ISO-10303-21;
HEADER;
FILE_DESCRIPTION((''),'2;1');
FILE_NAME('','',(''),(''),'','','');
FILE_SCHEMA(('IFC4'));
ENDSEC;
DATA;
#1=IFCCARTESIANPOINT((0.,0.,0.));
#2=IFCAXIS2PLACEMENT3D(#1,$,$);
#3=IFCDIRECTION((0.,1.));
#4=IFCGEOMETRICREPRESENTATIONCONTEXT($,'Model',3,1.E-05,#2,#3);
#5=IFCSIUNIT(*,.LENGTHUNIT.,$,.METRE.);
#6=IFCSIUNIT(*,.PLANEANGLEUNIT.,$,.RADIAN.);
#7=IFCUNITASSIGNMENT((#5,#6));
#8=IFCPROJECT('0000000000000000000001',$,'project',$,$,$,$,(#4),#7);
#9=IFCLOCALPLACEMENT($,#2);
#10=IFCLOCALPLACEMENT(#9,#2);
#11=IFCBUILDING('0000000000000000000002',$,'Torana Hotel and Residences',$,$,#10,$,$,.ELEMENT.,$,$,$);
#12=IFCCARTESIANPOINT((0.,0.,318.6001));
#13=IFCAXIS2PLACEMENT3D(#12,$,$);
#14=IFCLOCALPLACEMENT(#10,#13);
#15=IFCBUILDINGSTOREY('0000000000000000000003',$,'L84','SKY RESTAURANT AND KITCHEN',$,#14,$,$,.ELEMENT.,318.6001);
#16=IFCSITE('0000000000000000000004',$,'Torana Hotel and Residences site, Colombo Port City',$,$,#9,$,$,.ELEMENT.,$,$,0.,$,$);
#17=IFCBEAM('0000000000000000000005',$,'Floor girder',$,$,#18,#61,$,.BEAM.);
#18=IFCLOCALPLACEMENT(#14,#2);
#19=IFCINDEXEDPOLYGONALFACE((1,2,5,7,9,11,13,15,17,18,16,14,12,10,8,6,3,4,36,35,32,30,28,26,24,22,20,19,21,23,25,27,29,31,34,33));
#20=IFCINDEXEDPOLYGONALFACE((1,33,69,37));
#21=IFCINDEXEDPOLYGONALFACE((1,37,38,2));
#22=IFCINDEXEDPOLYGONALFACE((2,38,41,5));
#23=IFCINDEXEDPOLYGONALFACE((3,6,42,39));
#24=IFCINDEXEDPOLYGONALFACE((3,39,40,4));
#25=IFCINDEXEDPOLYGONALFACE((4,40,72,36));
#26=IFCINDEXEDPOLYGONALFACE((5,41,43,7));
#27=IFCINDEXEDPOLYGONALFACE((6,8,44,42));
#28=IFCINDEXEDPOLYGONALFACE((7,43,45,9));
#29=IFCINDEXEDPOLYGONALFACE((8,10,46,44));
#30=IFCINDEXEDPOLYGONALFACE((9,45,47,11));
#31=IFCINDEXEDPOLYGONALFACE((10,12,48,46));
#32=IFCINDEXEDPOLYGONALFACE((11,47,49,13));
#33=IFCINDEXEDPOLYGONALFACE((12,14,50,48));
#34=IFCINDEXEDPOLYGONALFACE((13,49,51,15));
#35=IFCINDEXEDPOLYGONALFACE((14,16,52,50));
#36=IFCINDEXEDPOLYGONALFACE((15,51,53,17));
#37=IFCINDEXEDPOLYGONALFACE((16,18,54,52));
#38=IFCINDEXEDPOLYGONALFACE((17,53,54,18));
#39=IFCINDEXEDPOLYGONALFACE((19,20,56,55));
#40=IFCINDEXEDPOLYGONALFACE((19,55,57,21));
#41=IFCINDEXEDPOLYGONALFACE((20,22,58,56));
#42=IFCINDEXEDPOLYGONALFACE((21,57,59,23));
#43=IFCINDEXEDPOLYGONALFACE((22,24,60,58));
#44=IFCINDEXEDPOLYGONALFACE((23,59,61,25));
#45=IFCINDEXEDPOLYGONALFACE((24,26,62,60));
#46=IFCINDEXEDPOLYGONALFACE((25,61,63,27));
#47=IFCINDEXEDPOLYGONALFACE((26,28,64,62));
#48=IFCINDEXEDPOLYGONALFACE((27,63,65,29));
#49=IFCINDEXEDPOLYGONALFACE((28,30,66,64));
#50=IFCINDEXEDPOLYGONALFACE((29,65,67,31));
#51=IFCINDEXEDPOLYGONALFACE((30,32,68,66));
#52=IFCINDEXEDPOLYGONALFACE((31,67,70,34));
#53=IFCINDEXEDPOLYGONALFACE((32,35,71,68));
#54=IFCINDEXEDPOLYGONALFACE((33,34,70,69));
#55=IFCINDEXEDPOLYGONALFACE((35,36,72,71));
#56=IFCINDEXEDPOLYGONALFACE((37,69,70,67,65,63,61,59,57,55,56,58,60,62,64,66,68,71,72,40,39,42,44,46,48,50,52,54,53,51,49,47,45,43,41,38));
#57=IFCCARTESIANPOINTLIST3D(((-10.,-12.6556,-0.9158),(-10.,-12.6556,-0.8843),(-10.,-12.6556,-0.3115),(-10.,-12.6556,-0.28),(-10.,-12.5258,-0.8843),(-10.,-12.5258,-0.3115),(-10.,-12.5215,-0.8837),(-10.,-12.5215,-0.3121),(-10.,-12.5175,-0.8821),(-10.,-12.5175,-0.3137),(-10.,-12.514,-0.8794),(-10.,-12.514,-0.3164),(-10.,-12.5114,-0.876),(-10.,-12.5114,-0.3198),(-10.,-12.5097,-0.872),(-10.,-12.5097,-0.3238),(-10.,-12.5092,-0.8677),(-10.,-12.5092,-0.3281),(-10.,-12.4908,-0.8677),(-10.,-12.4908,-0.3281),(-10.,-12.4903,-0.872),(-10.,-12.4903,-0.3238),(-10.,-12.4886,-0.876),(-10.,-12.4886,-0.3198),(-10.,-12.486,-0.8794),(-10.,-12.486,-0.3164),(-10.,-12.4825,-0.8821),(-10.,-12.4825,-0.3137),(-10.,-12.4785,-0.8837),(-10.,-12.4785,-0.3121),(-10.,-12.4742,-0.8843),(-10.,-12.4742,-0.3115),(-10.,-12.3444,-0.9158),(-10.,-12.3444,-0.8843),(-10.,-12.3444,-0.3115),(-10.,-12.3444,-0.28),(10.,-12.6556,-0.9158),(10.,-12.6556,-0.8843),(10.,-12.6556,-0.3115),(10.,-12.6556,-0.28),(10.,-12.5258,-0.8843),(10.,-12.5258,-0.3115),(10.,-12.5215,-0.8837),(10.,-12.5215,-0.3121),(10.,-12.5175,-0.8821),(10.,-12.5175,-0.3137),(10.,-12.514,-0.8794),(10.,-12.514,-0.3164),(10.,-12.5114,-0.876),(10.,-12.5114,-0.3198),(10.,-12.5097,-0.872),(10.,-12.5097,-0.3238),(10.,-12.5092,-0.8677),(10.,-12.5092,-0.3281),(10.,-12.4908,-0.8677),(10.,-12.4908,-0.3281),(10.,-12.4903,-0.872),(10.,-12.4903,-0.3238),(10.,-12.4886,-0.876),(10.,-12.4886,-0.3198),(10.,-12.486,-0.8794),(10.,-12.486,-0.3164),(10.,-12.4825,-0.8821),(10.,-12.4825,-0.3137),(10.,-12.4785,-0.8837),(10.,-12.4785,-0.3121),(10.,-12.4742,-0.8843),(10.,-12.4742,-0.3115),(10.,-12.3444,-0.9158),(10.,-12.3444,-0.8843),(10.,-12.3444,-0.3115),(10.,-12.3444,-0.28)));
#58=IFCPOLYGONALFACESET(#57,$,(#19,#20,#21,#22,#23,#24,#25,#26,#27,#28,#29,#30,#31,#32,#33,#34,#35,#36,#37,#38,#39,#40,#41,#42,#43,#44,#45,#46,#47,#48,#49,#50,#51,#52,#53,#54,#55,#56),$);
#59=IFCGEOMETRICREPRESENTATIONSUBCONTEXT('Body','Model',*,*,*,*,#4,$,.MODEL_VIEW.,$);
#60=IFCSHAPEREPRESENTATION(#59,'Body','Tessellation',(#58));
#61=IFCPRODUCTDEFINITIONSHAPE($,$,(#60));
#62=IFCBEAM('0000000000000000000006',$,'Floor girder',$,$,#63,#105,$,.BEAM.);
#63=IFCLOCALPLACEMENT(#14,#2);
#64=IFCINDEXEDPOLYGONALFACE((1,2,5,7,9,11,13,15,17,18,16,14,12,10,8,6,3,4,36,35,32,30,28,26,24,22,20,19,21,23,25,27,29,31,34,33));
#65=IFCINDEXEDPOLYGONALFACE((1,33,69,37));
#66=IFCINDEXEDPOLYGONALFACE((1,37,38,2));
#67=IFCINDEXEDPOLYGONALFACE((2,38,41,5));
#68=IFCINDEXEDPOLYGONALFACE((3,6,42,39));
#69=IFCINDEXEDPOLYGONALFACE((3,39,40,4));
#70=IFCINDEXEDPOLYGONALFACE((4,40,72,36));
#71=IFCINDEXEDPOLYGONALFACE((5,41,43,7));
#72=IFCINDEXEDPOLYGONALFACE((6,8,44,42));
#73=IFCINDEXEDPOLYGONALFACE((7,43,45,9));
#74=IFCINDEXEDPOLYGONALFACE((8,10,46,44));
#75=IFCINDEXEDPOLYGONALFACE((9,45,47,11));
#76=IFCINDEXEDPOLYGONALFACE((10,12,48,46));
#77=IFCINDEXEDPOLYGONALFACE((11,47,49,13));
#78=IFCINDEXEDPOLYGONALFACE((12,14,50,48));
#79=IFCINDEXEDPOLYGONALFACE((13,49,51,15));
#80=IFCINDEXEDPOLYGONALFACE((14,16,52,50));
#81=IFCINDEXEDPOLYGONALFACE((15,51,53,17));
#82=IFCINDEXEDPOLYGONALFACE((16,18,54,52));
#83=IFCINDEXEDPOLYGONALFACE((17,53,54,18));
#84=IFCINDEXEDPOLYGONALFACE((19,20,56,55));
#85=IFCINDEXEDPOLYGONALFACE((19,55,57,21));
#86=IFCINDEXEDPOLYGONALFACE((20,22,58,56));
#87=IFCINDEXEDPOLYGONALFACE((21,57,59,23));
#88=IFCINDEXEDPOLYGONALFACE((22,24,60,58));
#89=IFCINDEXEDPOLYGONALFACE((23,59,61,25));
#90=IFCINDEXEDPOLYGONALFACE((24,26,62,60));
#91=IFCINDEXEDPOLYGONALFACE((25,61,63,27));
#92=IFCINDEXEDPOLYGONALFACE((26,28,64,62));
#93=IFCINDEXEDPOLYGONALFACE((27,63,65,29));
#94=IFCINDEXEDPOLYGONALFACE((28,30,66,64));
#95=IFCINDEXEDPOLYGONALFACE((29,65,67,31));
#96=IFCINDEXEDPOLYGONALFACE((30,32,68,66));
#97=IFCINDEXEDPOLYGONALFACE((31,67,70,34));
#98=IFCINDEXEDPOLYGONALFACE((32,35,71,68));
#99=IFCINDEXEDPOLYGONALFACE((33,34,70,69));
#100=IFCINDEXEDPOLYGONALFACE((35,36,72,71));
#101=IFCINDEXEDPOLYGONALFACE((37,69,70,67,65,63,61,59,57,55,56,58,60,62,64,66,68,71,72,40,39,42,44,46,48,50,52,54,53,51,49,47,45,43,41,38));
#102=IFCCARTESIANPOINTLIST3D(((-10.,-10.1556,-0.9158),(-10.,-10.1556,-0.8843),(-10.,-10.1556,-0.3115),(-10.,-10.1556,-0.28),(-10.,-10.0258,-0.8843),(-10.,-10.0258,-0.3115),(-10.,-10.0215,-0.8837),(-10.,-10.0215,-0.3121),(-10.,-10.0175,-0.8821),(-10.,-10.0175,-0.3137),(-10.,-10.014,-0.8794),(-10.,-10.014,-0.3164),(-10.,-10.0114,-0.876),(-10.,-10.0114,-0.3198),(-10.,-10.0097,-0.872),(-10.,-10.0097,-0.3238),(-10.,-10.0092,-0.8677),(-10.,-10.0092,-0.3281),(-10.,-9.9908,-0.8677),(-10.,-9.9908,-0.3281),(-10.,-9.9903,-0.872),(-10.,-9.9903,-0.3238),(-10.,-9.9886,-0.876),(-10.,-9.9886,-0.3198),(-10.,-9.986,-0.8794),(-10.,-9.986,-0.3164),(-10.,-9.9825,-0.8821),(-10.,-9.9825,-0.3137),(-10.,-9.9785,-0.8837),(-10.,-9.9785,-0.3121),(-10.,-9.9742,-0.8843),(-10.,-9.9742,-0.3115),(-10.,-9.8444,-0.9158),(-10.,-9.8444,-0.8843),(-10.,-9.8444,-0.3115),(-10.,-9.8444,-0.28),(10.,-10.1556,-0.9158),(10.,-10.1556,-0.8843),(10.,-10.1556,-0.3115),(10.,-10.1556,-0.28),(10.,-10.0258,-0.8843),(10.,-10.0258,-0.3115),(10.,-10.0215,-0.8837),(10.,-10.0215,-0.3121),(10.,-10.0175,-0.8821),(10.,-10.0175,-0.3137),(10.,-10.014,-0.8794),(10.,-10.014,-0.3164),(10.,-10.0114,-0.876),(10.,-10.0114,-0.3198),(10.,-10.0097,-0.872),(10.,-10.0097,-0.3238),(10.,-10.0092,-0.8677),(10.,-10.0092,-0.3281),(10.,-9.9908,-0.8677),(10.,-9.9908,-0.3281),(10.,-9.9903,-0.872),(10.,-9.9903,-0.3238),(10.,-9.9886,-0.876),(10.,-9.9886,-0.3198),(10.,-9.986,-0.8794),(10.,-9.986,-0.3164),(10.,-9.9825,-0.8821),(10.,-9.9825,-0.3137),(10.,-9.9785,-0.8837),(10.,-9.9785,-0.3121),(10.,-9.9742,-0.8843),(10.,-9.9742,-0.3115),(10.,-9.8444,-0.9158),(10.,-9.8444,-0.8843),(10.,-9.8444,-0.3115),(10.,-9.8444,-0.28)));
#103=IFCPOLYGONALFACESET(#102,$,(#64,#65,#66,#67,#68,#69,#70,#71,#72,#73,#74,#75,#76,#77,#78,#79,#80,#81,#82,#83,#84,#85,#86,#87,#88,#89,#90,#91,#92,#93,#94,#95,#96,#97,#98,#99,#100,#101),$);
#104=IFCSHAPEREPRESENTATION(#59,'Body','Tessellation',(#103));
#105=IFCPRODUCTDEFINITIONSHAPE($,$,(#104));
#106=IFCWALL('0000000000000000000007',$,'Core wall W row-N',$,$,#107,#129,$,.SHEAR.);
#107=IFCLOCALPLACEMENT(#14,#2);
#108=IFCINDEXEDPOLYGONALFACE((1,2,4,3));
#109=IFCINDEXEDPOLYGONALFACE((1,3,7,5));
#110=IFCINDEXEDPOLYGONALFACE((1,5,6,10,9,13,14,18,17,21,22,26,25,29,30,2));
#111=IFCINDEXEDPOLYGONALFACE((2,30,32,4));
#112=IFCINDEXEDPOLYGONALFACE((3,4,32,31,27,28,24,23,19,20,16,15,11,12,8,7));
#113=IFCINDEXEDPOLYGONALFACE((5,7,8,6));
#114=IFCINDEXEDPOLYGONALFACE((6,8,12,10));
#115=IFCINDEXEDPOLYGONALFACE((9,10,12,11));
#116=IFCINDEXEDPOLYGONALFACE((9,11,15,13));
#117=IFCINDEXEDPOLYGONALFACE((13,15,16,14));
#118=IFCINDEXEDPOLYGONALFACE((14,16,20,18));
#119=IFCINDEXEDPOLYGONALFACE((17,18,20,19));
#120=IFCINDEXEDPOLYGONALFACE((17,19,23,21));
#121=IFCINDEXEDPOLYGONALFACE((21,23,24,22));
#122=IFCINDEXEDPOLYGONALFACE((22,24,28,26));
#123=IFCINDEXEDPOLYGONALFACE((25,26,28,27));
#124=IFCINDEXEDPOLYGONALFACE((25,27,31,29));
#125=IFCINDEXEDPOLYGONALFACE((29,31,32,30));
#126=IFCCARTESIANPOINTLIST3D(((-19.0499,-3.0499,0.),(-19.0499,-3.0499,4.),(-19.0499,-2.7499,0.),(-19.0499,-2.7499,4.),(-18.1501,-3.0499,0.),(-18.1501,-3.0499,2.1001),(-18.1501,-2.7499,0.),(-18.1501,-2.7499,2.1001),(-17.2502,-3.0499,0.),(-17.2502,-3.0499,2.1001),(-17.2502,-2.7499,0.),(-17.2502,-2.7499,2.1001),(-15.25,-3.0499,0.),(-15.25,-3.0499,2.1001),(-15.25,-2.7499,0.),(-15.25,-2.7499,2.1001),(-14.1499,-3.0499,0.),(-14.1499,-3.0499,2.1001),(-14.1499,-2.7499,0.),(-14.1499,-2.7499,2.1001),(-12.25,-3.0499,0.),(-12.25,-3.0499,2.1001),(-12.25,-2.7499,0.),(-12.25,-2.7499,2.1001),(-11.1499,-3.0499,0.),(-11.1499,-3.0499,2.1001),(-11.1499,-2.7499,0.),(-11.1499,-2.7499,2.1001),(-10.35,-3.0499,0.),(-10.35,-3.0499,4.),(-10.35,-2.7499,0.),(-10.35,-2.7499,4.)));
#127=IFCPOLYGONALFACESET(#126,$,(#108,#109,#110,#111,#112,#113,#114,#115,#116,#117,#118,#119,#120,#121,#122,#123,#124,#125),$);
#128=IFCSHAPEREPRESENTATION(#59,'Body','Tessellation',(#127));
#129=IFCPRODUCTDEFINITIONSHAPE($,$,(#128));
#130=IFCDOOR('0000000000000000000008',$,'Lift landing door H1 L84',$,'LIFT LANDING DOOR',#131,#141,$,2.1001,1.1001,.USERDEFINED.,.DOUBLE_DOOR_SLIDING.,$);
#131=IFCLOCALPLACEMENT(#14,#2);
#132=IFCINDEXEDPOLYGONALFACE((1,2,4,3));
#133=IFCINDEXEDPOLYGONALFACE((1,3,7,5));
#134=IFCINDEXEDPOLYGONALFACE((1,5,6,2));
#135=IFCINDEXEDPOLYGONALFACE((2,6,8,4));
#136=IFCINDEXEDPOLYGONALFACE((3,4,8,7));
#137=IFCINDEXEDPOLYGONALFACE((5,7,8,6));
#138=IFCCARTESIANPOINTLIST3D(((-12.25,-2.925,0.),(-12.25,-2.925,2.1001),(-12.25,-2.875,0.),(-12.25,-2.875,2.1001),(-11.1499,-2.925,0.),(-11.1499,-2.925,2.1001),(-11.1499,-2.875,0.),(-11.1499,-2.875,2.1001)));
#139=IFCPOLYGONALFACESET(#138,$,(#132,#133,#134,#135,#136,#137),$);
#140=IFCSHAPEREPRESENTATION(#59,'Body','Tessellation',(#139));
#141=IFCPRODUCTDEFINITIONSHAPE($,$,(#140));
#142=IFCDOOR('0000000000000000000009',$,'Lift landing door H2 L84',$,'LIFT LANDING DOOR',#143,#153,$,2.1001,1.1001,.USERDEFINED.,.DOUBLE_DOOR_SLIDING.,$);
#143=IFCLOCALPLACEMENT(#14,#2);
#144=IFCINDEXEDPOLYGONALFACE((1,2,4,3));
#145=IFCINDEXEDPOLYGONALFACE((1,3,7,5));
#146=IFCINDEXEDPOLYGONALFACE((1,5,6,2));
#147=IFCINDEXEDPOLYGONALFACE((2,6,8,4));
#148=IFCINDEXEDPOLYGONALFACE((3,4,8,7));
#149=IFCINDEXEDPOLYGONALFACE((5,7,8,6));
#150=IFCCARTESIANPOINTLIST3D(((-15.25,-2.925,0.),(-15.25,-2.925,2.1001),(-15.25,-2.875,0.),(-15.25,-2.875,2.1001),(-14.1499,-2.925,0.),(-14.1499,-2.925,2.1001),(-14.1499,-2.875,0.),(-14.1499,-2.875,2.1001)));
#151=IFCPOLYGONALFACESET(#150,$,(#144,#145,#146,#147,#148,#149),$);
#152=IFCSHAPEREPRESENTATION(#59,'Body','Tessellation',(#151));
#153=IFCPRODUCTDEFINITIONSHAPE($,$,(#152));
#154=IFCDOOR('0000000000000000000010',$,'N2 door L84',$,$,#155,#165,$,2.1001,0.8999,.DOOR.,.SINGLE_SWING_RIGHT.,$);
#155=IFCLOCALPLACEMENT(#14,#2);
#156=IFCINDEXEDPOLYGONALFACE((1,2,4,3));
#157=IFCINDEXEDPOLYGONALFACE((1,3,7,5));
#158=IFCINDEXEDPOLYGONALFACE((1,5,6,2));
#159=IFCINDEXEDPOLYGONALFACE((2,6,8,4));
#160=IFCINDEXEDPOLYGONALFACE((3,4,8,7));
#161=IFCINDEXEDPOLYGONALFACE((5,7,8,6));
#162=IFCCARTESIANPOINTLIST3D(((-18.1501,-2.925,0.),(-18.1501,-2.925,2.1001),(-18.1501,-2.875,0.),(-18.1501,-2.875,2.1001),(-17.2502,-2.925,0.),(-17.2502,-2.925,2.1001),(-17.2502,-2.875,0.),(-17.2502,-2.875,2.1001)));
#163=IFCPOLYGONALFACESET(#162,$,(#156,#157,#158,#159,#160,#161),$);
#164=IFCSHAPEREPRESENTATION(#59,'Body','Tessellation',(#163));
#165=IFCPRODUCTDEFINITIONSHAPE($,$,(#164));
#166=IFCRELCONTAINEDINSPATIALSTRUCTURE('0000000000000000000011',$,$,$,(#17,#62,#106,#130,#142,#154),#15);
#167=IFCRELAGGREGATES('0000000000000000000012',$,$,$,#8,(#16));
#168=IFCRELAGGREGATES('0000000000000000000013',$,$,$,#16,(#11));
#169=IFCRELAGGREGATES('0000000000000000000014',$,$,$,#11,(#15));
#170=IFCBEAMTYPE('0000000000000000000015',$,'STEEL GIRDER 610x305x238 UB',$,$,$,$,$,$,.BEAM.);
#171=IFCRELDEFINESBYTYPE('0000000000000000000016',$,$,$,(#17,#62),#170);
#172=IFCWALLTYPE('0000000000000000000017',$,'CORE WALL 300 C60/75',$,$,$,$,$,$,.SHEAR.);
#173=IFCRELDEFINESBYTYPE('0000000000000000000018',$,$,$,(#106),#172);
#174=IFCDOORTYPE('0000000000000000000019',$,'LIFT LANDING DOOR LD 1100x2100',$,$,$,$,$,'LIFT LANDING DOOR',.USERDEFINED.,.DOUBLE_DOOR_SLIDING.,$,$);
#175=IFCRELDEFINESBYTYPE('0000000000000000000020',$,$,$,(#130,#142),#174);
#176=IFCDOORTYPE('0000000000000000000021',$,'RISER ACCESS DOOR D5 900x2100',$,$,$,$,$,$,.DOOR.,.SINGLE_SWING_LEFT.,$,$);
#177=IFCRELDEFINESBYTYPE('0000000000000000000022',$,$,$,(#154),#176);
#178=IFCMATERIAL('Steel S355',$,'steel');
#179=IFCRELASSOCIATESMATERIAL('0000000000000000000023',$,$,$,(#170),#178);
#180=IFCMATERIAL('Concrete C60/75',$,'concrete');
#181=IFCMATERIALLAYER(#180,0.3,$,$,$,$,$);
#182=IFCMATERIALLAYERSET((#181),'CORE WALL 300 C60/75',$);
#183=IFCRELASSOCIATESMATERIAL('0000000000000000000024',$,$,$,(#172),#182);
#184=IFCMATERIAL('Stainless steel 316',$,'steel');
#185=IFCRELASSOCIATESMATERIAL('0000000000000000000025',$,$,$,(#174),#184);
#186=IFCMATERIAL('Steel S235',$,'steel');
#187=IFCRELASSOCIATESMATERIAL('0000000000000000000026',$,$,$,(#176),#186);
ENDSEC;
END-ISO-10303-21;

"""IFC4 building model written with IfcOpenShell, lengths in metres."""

from ifc_helpers import new_model, si_unit, direction, frame, frame_2d, origin, origin_2d, place, context, subcontext, project, spatial, rectangle, i_section, extrude, material, layer, layer_set, material_profile, profile_set, type_object, element, fill, save


model = new_model("IFC4")

# Units and contexts
model_context = context("Model", 3, precision=1e-05, world=origin(), true_north=direction((0.0, 1.0)))
body_context = subcontext(model_context, "Body", "Model", "MODEL_VIEW")
ifc_project = project(units=[si_unit("LENGTHUNIT", "METRE"), si_unit("PLANEANGLEUNIT", "RADIAN")], contexts=[model_context])

# Site, building, storey
site_placement = place(None, origin())
site = spatial("IfcSite", under=ifc_project, at=site_placement, Name="Torana Hotel and Residences site, Colombo Port City", CompositionType="ELEMENT", RefElevation=0.0)
building_placement = place(site_placement, origin())
building = spatial("IfcBuilding", under=site, at=building_placement, Name="Torana Hotel and Residences", CompositionType="ELEMENT")
storey_placement = place(building_placement, frame((0.0, 0.0, 318.6001)))
storey = spatial("IfcBuildingStorey", under=building, at=storey_placement, Name="L84", Description="SKY RESTAURANT AND KITCHEN", CompositionType="ELEMENT", Elevation=318.6001)

# Beams
ifc_material_1 = material(Name="Steel S355", Category="steel")
ifc_material_profile = material_profile(ifc_material_1, i_section(OverallWidth=0.3113, OverallDepth=0.6357, WebThickness=0.0183, FlangeThickness=0.0315, FilletRadius=0.0166, at=origin_2d()), Name="610x305x238 UB")
ifc_profile_set = profile_set([ifc_material_profile], Name="Steel S355")
beam_type = type_object("IfcBeamType", Name="STEEL GIRDER 610x305x238 UB", PredefinedType="BEAM", material=ifc_profile_set)
for number, where, z_axis, x_axis, name in (
    (1, (-10.0, -12.5, -0.5979), (1.0, 0.0, 0.0), (0.0, 1.0, 0.0), "Floor girder"),
    (2, (-10.0, -10.0, -0.5979), (1.0, 0.0, 0.0), (0.0, 1.0, 0.0), "Floor girder"),
):
    element("IfcBeam", number, at=place(storey_placement, frame(where, z_axis=z_axis, x_axis=x_axis)), inside=storey, type_object=beam_type, Name=name, PredefinedType="BEAM", context=body_context, shape_type="SweptSolid", body=[
        extrude(i_section(OverallWidth=0.3113, OverallDepth=0.6357, WebThickness=0.0183, FlangeThickness=0.0315, FilletRadius=0.0166, at=origin_2d()), origin(), (0.0, 0.0, 1.0), 20.0),
    ])

# Wall, openings, doors
ifc_material_2 = material(Name="Concrete C60/75", Category="concrete")
ifc_layer_1 = layer(ifc_material_2, 0.3)
ifc_layer_set_1 = layer_set([ifc_layer_1], Name="CORE WALL 300 C60/75")
wall_type_1 = type_object("IfcWallType", Name="CORE WALL 300 C60/75", PredefinedType="SHEAR", material=ifc_layer_set_1)
wall_1_placement = place(storey_placement, frame((-19.05, -2.8999, 0.0), z_axis=(0.0, 0.0, 1.0), x_axis=(1.0, 0.0, 0.0)))
wall_1 = element("IfcWall", 3, at=wall_1_placement, inside=storey, type_object=wall_type_1, Name="Core wall W row-N", PredefinedType="SHEAR", context=body_context, shape_type="SweptSolid", body=[
    extrude(rectangle(XDim=8.7, YDim=0.3, at=frame_2d((4.3501, 0.0))), origin(), (0.0, 0.0, 1.0), 4.0),
])
opening_1_placement = place(wall_1_placement, frame((6.8, 0.0, 0.0)))
opening_1 = element("IfcOpeningElement", 4, at=opening_1_placement, cuts=wall_1, PredefinedType="OPENING", context=body_context, shape_type="SweptSolid", body=[
    extrude(rectangle(XDim=1.1001, YDim=2.1001, at=frame_2d((0.55, 1.05))), frame((0.0, 0.1599, 0.0), z_axis=(0.0, -1.0, 0.0), x_axis=(1.0, 0.0, 0.0)), (0.0, 0.0, 1.0), 0.3201),
])
opening_2_placement = place(wall_1_placement, frame((3.8, 0.0, 0.0)))
opening_2 = element("IfcOpeningElement", 5, at=opening_2_placement, cuts=wall_1, PredefinedType="OPENING", context=body_context, shape_type="SweptSolid", body=[
    extrude(rectangle(XDim=1.1001, YDim=2.1001, at=frame_2d((0.55, 1.05))), frame((0.0, 0.1599, 0.0), z_axis=(0.0, -1.0, 0.0), x_axis=(1.0, 0.0, 0.0)), (0.0, 0.0, 1.0), 0.3201),
])
opening_3_placement = place(wall_1_placement, frame((0.8999, 0.0, 0.0)))
opening_3 = element("IfcOpeningElement", 6, at=opening_3_placement, cuts=wall_1, PredefinedType="OPENING", context=body_context, shape_type="SweptSolid", body=[
    extrude(rectangle(XDim=0.8999, YDim=2.1001, at=frame_2d((0.45, 1.05))), frame((0.0, 0.1599, 0.0), z_axis=(0.0, -1.0, 0.0), x_axis=(1.0, 0.0, 0.0)), (0.0, 0.0, 1.0), 0.3201),
])
ifc_material_3 = material(Name="Stainless steel 316", Category="steel")
door_type_1 = type_object("IfcDoorType", Name="LIFT LANDING DOOR LD 1100x2100", ElementType="LIFT LANDING DOOR", OperationType="DOUBLE_DOOR_SLIDING", PredefinedType="USERDEFINED", material=ifc_material_3)
door_1_placement = place(opening_1_placement, origin())
door_1 = element("IfcDoor", 7, at=door_1_placement, inside=storey, type_object=door_type_1, Name="Lift landing door H1 L84", ObjectType="LIFT LANDING DOOR", OperationType="DOUBLE_DOOR_SLIDING", OverallHeight=2.1001, OverallWidth=1.1001, PredefinedType="USERDEFINED", context=body_context, shape_type="SweptSolid", body=[
    extrude(rectangle(XDim=1.1001, YDim=2.1001, at=frame_2d((0.55, 1.05))), frame((0.0, 0.0249, 0.0), z_axis=(0.0, -1.0, 0.0), x_axis=(1.0, 0.0, 0.0)), (0.0, 0.0, 1.0), 0.05),
])
fill(opening_1, door_1)
door_2_placement = place(opening_2_placement, origin())
door_2 = element("IfcDoor", 8, at=door_2_placement, inside=storey, type_object=door_type_1, Name="Lift landing door H2 L84", ObjectType="LIFT LANDING DOOR", OperationType="DOUBLE_DOOR_SLIDING", OverallHeight=2.1001, OverallWidth=1.1001, PredefinedType="USERDEFINED", context=body_context, shape_type="SweptSolid", body=[
    extrude(rectangle(XDim=1.1001, YDim=2.1001, at=frame_2d((0.55, 1.05))), frame((0.0, 0.0249, 0.0), z_axis=(0.0, -1.0, 0.0), x_axis=(1.0, 0.0, 0.0)), (0.0, 0.0, 1.0), 0.05),
])
fill(opening_2, door_2)
ifc_material_4 = material(Name="Steel S235", Category="steel")
door_type_2 = type_object("IfcDoorType", Name="RISER ACCESS DOOR D5 900x2100", OperationType="SINGLE_SWING_LEFT", PredefinedType="DOOR", material=ifc_material_4)
door_3_placement = place(opening_3_placement, origin())
door_3 = element("IfcDoor", 9, at=door_3_placement, inside=storey, type_object=door_type_2, Name="N2 door L84", OperationType="SINGLE_SWING_RIGHT", OverallHeight=2.1001, OverallWidth=0.8999, PredefinedType="DOOR", context=body_context, shape_type="SweptSolid", body=[
    extrude(rectangle(XDim=0.8999, YDim=2.1001, at=frame_2d((0.45, 1.05))), frame((0.0, 0.0249, 0.0), z_axis=(0.0, -1.0, 0.0), x_axis=(1.0, 0.0, 0.0)), (0.0, 0.0, 1.0), 0.05),
])
fill(opening_3, door_3)

save(model, "model.ifc")
